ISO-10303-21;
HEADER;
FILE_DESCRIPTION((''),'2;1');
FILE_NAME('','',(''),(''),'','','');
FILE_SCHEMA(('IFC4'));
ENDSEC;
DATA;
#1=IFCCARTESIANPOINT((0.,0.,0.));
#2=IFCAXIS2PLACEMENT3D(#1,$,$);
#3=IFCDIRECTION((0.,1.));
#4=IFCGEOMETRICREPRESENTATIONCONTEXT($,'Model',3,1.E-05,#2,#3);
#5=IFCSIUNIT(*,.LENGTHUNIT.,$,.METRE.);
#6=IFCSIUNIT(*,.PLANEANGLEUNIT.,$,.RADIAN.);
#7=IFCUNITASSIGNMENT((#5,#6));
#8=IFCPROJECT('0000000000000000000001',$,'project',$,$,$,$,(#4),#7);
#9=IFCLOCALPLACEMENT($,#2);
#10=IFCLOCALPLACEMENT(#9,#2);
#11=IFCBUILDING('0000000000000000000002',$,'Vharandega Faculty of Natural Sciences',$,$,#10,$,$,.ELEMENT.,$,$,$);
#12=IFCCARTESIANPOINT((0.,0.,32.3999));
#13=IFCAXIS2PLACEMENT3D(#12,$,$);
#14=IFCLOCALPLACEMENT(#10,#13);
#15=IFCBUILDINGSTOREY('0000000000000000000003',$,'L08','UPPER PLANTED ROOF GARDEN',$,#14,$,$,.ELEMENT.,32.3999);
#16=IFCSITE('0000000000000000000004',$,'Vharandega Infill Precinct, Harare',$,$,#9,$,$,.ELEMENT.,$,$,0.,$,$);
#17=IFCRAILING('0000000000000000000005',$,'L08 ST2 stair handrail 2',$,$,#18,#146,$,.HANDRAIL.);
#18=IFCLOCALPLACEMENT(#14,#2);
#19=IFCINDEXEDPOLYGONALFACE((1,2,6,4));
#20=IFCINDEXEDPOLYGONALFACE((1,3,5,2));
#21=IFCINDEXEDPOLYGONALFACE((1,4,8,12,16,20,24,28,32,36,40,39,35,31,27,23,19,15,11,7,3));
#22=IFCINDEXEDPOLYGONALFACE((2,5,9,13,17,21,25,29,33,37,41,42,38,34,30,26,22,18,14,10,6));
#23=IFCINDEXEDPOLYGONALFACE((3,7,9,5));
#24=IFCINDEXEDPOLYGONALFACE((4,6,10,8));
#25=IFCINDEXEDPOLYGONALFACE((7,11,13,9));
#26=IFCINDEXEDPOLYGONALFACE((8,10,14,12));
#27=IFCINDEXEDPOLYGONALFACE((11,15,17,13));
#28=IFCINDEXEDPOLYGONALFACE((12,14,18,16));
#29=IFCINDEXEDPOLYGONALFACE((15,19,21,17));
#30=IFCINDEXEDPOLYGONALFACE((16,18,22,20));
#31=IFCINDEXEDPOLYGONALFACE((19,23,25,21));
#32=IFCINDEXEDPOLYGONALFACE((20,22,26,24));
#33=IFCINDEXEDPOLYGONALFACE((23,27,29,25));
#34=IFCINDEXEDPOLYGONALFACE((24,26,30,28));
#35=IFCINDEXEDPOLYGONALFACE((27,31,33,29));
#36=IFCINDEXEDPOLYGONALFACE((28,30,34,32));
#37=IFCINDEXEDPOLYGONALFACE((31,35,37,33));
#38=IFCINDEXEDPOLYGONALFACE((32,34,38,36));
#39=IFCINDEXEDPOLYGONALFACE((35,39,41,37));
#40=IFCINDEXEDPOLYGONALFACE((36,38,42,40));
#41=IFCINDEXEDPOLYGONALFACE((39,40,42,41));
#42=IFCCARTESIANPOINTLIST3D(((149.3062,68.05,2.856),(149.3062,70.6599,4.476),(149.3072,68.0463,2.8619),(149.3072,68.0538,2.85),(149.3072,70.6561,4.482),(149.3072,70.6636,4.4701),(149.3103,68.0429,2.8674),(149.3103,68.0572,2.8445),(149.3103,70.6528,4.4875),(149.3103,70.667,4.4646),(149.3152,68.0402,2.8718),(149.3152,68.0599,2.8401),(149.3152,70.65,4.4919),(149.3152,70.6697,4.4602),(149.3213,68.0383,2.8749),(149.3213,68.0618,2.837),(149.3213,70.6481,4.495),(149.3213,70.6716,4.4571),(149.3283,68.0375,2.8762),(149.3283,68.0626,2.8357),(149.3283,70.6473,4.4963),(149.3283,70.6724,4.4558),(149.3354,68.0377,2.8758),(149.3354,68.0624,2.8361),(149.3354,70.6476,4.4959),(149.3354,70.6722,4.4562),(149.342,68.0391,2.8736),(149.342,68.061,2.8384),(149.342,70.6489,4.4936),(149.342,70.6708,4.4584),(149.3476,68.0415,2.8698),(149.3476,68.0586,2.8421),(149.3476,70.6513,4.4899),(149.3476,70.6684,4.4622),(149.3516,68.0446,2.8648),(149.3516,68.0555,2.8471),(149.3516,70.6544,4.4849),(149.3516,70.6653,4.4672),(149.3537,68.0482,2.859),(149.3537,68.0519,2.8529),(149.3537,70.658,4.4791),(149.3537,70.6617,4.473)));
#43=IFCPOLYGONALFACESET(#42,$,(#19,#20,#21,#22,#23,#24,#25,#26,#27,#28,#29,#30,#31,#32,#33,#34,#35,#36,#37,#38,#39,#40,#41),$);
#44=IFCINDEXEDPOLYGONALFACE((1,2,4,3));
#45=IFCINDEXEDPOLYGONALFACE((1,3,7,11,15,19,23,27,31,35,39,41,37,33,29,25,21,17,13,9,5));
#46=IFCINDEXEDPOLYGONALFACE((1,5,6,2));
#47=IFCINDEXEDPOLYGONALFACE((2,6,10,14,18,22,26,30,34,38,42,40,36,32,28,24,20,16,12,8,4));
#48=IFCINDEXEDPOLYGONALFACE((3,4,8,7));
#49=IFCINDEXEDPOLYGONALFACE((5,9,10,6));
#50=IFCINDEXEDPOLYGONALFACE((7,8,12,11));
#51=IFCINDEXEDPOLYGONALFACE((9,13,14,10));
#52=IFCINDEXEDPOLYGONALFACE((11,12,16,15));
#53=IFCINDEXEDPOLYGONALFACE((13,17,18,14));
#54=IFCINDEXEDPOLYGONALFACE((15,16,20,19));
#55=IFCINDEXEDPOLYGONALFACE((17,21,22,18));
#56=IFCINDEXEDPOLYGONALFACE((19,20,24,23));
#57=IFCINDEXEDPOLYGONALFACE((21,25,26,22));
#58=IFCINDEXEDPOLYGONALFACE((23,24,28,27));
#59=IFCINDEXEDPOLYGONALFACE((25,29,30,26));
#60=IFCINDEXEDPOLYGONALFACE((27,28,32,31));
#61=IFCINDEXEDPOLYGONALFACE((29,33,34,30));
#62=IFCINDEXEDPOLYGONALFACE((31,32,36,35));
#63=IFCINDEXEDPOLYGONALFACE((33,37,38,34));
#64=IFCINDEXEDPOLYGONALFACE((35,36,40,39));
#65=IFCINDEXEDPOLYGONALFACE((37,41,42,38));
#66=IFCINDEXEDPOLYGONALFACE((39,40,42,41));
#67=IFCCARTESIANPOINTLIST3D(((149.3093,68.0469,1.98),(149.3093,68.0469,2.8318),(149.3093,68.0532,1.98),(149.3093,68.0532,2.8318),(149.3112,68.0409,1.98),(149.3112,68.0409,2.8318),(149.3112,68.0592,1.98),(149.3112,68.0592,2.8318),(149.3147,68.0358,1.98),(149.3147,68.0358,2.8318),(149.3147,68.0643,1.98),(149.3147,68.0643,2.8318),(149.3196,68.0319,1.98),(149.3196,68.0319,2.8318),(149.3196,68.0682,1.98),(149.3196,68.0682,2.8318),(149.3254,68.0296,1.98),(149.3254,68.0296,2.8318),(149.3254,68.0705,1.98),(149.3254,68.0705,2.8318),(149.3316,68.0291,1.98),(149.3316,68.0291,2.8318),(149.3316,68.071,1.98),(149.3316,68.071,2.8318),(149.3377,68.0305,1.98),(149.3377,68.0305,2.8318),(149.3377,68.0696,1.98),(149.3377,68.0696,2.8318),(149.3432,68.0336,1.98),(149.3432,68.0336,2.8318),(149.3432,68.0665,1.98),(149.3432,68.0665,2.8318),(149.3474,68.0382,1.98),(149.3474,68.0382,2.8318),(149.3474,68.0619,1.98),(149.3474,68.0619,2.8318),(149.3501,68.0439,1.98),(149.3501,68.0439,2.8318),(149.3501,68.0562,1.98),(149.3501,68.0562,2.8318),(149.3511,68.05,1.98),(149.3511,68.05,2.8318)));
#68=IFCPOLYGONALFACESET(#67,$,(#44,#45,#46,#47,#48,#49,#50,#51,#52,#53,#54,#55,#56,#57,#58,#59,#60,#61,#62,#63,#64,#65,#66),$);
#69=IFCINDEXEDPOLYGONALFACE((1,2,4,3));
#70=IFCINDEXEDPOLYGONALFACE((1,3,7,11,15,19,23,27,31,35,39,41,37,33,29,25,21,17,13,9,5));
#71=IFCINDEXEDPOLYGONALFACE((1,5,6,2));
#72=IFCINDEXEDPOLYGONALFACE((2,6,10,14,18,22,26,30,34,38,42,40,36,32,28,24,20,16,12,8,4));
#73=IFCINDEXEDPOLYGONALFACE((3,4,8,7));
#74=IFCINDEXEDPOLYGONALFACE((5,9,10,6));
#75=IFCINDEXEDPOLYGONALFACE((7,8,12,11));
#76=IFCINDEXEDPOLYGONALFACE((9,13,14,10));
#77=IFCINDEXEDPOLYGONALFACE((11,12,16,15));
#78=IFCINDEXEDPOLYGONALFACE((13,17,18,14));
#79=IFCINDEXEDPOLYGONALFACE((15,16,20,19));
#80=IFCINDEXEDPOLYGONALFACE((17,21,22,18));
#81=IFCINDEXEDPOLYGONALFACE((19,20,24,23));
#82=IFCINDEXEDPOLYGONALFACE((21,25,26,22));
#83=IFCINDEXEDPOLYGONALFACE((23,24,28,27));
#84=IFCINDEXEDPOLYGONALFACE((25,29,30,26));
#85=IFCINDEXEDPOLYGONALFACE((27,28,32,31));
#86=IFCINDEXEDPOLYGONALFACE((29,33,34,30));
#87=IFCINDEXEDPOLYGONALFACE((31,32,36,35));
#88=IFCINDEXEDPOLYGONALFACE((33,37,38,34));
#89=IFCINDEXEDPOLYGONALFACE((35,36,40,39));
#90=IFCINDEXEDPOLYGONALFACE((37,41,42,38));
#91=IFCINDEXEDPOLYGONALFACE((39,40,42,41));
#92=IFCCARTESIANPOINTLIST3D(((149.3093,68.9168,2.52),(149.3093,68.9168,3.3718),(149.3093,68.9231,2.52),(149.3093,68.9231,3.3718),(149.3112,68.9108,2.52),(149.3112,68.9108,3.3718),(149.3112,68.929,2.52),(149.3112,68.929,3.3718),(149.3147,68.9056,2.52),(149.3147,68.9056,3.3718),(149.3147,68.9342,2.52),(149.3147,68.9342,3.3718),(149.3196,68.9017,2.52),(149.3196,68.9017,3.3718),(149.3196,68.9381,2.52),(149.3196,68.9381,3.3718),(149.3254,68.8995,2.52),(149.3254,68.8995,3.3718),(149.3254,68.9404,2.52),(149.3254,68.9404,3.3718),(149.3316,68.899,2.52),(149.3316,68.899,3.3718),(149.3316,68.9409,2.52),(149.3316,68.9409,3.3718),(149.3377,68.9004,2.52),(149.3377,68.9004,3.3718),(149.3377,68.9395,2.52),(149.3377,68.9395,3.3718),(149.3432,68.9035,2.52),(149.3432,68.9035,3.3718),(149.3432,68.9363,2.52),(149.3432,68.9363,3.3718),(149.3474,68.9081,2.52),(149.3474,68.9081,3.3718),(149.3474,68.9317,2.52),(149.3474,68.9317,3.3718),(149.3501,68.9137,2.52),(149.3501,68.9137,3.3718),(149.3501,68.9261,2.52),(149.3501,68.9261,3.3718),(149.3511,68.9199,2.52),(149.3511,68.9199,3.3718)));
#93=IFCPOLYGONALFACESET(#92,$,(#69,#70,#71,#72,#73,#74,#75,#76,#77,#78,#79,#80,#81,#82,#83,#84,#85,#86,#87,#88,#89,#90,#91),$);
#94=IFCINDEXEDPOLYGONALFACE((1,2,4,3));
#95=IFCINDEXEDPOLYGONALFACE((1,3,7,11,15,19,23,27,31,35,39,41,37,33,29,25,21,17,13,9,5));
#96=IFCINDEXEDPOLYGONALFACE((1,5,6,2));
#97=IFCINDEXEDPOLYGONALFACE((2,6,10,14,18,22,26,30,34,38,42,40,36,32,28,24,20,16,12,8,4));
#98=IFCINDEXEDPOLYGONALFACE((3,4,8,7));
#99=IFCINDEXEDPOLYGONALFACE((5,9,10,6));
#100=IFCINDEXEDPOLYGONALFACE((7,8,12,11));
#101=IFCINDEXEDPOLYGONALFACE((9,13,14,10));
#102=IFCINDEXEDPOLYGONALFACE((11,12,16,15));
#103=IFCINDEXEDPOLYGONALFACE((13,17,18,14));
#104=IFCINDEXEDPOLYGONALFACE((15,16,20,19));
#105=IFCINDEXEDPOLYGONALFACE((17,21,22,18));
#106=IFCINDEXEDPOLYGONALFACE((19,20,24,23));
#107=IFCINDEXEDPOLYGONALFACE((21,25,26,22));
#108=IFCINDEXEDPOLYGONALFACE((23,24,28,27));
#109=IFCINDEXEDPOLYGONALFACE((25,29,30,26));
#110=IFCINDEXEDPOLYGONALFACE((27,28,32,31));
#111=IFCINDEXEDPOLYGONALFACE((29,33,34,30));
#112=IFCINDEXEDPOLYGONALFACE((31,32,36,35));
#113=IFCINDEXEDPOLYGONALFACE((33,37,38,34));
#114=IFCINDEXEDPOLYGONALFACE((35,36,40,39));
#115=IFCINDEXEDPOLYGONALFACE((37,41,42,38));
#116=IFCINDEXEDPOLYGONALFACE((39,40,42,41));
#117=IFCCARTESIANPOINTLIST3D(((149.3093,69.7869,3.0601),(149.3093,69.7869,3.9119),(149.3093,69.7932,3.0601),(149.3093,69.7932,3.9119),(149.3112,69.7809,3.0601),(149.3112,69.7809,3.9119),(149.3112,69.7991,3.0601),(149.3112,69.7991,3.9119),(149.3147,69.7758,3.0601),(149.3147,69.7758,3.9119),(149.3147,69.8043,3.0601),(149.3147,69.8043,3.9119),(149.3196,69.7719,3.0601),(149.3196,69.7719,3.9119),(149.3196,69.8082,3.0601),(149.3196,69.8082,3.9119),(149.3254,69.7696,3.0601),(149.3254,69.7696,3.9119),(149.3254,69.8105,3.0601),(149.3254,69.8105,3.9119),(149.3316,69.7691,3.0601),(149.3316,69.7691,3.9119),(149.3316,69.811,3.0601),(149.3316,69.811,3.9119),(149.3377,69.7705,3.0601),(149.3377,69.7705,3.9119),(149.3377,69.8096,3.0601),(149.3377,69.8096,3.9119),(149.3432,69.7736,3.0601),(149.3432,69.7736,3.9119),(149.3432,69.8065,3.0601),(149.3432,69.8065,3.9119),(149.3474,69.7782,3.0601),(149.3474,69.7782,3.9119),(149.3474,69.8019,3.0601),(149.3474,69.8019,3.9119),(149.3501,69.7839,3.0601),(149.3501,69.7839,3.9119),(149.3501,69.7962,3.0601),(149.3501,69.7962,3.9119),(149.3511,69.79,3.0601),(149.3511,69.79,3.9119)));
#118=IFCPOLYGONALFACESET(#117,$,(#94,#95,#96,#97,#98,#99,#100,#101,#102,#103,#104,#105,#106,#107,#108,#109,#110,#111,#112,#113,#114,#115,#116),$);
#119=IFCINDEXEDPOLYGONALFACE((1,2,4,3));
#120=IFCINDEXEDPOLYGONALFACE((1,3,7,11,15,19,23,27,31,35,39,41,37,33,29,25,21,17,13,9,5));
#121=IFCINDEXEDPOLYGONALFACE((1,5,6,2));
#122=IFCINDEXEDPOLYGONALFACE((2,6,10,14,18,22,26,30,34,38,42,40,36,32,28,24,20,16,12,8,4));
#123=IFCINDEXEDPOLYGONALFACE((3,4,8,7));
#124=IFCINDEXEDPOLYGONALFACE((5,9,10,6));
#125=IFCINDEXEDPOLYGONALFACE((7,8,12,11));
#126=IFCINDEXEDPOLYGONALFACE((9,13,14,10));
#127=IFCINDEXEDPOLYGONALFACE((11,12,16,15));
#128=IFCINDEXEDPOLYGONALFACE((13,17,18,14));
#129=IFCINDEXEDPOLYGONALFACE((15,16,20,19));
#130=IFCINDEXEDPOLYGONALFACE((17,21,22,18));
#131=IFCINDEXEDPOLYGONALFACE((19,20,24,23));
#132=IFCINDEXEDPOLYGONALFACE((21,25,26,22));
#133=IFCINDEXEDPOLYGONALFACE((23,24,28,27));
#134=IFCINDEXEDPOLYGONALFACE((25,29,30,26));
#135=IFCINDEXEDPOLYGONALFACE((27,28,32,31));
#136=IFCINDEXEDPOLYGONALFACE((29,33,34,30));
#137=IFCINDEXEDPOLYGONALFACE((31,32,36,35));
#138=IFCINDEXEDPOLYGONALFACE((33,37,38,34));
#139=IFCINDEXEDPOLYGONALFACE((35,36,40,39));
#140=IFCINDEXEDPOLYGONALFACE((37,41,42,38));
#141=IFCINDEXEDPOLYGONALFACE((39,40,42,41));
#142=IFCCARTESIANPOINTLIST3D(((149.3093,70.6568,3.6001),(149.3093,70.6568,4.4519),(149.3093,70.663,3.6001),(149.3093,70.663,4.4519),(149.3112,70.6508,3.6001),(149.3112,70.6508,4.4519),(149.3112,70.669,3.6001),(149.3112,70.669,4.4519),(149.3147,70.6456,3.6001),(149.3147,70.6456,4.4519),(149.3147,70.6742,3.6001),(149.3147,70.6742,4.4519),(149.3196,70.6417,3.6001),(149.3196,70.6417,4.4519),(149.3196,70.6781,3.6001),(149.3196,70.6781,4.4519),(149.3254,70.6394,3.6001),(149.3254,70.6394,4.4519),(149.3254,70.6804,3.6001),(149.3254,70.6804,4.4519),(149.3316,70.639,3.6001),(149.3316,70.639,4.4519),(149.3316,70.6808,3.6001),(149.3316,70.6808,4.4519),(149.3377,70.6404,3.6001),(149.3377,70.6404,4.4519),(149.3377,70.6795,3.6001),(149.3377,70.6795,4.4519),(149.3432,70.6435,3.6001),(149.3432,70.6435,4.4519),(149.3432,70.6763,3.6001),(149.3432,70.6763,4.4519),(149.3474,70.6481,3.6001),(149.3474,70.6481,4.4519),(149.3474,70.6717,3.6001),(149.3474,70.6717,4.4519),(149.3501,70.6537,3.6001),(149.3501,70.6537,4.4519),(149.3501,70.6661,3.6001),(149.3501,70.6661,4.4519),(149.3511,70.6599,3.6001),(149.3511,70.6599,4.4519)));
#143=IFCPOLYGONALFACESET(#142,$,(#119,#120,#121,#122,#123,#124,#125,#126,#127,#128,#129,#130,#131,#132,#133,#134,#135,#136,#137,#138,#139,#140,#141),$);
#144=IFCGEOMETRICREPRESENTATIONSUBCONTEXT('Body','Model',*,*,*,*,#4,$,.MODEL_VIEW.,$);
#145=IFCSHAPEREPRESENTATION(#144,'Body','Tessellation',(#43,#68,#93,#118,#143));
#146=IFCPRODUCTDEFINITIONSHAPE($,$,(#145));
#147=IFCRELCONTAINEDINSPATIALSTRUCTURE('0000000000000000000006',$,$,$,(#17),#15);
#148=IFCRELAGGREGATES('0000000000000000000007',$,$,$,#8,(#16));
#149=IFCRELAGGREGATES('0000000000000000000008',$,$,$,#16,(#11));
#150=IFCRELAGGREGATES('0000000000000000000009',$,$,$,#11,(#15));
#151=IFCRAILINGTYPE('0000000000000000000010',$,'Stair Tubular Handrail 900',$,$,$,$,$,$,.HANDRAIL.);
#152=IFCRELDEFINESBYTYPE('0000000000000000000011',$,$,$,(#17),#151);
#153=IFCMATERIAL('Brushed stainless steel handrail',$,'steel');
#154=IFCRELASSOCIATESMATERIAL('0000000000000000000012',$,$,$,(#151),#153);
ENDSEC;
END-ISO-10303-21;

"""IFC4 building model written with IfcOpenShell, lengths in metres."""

from ifc_helpers import new_model, si_unit, direction, frame, origin, origin_2d, place, context, subcontext, project, spatial, circle, extrude, material, type_object, element, save


model = new_model("IFC4")

# Units and contexts
model_context = context("Model", 3, precision=1e-05, world=origin(), true_north=direction((0.0, 1.0)))
body_context = subcontext(model_context, "Body", "Model", "MODEL_VIEW")
ifc_project = project(units=[si_unit("LENGTHUNIT", "METRE"), si_unit("PLANEANGLEUNIT", "RADIAN")], contexts=[model_context])

# Site, building, storey
site_placement = place(None, origin())
site = spatial("IfcSite", under=ifc_project, at=site_placement, Name="Vharandega Infill Precinct, Harare", CompositionType="ELEMENT", RefElevation=0.0)
building_placement = place(site_placement, origin())
building = spatial("IfcBuilding", under=site, at=building_placement, Name="Vharandega Faculty of Natural Sciences", CompositionType="ELEMENT")
storey_placement = place(building_placement, frame((0.0, 0.0, 32.3999)))
storey = spatial("IfcBuildingStorey", under=building, at=storey_placement, Name="L08", Description="UPPER PLANTED ROOF GARDEN", CompositionType="ELEMENT", Elevation=32.3999)

# Railing
ifc_material_1 = material(Name="Brushed stainless steel handrail", Category="steel")
railing_type_1 = type_object("IfcRailingType", Name="Stair Tubular Handrail 900", PredefinedType="HANDRAIL", material=ifc_material_1)
railing_1_placement = place(storey_placement, frame((149.3301, 68.05, 1.98)))
element("IfcRailing", 1, at=railing_1_placement, inside=storey, type_object=railing_type_1, Name="L08 ST2 stair handrail 2", PredefinedType="HANDRAIL", context=body_context, shape_type="SweptSolid", body=[
    extrude(circle(Radius=0.0239, at=origin_2d()), frame((0.0, 0.0, 0.876), z_axis=(0.0, 0.849611, 0.52741), x_axis=(-1.0, 0.0, 0.0)), (0.0, 0.0, 1.0), 3.0718),
    extrude(circle(Radius=0.021, at=origin_2d()), origin(), (0.0, 0.0, 1.0), 0.8518),
    extrude(circle(Radius=0.021, at=origin_2d()), frame((0.0, 0.8699, 0.54)), (0.0, 0.0, 1.0), 0.8518),
    extrude(circle(Radius=0.021, at=origin_2d()), frame((0.0, 1.74, 1.0801)), (0.0, 0.0, 1.0), 0.8518),
    extrude(circle(Radius=0.021, at=origin_2d()), frame((0.0, 2.6099, 1.6201)), (0.0, 0.0, 1.0), 0.8518),
])

save(model, "model.ifc")
